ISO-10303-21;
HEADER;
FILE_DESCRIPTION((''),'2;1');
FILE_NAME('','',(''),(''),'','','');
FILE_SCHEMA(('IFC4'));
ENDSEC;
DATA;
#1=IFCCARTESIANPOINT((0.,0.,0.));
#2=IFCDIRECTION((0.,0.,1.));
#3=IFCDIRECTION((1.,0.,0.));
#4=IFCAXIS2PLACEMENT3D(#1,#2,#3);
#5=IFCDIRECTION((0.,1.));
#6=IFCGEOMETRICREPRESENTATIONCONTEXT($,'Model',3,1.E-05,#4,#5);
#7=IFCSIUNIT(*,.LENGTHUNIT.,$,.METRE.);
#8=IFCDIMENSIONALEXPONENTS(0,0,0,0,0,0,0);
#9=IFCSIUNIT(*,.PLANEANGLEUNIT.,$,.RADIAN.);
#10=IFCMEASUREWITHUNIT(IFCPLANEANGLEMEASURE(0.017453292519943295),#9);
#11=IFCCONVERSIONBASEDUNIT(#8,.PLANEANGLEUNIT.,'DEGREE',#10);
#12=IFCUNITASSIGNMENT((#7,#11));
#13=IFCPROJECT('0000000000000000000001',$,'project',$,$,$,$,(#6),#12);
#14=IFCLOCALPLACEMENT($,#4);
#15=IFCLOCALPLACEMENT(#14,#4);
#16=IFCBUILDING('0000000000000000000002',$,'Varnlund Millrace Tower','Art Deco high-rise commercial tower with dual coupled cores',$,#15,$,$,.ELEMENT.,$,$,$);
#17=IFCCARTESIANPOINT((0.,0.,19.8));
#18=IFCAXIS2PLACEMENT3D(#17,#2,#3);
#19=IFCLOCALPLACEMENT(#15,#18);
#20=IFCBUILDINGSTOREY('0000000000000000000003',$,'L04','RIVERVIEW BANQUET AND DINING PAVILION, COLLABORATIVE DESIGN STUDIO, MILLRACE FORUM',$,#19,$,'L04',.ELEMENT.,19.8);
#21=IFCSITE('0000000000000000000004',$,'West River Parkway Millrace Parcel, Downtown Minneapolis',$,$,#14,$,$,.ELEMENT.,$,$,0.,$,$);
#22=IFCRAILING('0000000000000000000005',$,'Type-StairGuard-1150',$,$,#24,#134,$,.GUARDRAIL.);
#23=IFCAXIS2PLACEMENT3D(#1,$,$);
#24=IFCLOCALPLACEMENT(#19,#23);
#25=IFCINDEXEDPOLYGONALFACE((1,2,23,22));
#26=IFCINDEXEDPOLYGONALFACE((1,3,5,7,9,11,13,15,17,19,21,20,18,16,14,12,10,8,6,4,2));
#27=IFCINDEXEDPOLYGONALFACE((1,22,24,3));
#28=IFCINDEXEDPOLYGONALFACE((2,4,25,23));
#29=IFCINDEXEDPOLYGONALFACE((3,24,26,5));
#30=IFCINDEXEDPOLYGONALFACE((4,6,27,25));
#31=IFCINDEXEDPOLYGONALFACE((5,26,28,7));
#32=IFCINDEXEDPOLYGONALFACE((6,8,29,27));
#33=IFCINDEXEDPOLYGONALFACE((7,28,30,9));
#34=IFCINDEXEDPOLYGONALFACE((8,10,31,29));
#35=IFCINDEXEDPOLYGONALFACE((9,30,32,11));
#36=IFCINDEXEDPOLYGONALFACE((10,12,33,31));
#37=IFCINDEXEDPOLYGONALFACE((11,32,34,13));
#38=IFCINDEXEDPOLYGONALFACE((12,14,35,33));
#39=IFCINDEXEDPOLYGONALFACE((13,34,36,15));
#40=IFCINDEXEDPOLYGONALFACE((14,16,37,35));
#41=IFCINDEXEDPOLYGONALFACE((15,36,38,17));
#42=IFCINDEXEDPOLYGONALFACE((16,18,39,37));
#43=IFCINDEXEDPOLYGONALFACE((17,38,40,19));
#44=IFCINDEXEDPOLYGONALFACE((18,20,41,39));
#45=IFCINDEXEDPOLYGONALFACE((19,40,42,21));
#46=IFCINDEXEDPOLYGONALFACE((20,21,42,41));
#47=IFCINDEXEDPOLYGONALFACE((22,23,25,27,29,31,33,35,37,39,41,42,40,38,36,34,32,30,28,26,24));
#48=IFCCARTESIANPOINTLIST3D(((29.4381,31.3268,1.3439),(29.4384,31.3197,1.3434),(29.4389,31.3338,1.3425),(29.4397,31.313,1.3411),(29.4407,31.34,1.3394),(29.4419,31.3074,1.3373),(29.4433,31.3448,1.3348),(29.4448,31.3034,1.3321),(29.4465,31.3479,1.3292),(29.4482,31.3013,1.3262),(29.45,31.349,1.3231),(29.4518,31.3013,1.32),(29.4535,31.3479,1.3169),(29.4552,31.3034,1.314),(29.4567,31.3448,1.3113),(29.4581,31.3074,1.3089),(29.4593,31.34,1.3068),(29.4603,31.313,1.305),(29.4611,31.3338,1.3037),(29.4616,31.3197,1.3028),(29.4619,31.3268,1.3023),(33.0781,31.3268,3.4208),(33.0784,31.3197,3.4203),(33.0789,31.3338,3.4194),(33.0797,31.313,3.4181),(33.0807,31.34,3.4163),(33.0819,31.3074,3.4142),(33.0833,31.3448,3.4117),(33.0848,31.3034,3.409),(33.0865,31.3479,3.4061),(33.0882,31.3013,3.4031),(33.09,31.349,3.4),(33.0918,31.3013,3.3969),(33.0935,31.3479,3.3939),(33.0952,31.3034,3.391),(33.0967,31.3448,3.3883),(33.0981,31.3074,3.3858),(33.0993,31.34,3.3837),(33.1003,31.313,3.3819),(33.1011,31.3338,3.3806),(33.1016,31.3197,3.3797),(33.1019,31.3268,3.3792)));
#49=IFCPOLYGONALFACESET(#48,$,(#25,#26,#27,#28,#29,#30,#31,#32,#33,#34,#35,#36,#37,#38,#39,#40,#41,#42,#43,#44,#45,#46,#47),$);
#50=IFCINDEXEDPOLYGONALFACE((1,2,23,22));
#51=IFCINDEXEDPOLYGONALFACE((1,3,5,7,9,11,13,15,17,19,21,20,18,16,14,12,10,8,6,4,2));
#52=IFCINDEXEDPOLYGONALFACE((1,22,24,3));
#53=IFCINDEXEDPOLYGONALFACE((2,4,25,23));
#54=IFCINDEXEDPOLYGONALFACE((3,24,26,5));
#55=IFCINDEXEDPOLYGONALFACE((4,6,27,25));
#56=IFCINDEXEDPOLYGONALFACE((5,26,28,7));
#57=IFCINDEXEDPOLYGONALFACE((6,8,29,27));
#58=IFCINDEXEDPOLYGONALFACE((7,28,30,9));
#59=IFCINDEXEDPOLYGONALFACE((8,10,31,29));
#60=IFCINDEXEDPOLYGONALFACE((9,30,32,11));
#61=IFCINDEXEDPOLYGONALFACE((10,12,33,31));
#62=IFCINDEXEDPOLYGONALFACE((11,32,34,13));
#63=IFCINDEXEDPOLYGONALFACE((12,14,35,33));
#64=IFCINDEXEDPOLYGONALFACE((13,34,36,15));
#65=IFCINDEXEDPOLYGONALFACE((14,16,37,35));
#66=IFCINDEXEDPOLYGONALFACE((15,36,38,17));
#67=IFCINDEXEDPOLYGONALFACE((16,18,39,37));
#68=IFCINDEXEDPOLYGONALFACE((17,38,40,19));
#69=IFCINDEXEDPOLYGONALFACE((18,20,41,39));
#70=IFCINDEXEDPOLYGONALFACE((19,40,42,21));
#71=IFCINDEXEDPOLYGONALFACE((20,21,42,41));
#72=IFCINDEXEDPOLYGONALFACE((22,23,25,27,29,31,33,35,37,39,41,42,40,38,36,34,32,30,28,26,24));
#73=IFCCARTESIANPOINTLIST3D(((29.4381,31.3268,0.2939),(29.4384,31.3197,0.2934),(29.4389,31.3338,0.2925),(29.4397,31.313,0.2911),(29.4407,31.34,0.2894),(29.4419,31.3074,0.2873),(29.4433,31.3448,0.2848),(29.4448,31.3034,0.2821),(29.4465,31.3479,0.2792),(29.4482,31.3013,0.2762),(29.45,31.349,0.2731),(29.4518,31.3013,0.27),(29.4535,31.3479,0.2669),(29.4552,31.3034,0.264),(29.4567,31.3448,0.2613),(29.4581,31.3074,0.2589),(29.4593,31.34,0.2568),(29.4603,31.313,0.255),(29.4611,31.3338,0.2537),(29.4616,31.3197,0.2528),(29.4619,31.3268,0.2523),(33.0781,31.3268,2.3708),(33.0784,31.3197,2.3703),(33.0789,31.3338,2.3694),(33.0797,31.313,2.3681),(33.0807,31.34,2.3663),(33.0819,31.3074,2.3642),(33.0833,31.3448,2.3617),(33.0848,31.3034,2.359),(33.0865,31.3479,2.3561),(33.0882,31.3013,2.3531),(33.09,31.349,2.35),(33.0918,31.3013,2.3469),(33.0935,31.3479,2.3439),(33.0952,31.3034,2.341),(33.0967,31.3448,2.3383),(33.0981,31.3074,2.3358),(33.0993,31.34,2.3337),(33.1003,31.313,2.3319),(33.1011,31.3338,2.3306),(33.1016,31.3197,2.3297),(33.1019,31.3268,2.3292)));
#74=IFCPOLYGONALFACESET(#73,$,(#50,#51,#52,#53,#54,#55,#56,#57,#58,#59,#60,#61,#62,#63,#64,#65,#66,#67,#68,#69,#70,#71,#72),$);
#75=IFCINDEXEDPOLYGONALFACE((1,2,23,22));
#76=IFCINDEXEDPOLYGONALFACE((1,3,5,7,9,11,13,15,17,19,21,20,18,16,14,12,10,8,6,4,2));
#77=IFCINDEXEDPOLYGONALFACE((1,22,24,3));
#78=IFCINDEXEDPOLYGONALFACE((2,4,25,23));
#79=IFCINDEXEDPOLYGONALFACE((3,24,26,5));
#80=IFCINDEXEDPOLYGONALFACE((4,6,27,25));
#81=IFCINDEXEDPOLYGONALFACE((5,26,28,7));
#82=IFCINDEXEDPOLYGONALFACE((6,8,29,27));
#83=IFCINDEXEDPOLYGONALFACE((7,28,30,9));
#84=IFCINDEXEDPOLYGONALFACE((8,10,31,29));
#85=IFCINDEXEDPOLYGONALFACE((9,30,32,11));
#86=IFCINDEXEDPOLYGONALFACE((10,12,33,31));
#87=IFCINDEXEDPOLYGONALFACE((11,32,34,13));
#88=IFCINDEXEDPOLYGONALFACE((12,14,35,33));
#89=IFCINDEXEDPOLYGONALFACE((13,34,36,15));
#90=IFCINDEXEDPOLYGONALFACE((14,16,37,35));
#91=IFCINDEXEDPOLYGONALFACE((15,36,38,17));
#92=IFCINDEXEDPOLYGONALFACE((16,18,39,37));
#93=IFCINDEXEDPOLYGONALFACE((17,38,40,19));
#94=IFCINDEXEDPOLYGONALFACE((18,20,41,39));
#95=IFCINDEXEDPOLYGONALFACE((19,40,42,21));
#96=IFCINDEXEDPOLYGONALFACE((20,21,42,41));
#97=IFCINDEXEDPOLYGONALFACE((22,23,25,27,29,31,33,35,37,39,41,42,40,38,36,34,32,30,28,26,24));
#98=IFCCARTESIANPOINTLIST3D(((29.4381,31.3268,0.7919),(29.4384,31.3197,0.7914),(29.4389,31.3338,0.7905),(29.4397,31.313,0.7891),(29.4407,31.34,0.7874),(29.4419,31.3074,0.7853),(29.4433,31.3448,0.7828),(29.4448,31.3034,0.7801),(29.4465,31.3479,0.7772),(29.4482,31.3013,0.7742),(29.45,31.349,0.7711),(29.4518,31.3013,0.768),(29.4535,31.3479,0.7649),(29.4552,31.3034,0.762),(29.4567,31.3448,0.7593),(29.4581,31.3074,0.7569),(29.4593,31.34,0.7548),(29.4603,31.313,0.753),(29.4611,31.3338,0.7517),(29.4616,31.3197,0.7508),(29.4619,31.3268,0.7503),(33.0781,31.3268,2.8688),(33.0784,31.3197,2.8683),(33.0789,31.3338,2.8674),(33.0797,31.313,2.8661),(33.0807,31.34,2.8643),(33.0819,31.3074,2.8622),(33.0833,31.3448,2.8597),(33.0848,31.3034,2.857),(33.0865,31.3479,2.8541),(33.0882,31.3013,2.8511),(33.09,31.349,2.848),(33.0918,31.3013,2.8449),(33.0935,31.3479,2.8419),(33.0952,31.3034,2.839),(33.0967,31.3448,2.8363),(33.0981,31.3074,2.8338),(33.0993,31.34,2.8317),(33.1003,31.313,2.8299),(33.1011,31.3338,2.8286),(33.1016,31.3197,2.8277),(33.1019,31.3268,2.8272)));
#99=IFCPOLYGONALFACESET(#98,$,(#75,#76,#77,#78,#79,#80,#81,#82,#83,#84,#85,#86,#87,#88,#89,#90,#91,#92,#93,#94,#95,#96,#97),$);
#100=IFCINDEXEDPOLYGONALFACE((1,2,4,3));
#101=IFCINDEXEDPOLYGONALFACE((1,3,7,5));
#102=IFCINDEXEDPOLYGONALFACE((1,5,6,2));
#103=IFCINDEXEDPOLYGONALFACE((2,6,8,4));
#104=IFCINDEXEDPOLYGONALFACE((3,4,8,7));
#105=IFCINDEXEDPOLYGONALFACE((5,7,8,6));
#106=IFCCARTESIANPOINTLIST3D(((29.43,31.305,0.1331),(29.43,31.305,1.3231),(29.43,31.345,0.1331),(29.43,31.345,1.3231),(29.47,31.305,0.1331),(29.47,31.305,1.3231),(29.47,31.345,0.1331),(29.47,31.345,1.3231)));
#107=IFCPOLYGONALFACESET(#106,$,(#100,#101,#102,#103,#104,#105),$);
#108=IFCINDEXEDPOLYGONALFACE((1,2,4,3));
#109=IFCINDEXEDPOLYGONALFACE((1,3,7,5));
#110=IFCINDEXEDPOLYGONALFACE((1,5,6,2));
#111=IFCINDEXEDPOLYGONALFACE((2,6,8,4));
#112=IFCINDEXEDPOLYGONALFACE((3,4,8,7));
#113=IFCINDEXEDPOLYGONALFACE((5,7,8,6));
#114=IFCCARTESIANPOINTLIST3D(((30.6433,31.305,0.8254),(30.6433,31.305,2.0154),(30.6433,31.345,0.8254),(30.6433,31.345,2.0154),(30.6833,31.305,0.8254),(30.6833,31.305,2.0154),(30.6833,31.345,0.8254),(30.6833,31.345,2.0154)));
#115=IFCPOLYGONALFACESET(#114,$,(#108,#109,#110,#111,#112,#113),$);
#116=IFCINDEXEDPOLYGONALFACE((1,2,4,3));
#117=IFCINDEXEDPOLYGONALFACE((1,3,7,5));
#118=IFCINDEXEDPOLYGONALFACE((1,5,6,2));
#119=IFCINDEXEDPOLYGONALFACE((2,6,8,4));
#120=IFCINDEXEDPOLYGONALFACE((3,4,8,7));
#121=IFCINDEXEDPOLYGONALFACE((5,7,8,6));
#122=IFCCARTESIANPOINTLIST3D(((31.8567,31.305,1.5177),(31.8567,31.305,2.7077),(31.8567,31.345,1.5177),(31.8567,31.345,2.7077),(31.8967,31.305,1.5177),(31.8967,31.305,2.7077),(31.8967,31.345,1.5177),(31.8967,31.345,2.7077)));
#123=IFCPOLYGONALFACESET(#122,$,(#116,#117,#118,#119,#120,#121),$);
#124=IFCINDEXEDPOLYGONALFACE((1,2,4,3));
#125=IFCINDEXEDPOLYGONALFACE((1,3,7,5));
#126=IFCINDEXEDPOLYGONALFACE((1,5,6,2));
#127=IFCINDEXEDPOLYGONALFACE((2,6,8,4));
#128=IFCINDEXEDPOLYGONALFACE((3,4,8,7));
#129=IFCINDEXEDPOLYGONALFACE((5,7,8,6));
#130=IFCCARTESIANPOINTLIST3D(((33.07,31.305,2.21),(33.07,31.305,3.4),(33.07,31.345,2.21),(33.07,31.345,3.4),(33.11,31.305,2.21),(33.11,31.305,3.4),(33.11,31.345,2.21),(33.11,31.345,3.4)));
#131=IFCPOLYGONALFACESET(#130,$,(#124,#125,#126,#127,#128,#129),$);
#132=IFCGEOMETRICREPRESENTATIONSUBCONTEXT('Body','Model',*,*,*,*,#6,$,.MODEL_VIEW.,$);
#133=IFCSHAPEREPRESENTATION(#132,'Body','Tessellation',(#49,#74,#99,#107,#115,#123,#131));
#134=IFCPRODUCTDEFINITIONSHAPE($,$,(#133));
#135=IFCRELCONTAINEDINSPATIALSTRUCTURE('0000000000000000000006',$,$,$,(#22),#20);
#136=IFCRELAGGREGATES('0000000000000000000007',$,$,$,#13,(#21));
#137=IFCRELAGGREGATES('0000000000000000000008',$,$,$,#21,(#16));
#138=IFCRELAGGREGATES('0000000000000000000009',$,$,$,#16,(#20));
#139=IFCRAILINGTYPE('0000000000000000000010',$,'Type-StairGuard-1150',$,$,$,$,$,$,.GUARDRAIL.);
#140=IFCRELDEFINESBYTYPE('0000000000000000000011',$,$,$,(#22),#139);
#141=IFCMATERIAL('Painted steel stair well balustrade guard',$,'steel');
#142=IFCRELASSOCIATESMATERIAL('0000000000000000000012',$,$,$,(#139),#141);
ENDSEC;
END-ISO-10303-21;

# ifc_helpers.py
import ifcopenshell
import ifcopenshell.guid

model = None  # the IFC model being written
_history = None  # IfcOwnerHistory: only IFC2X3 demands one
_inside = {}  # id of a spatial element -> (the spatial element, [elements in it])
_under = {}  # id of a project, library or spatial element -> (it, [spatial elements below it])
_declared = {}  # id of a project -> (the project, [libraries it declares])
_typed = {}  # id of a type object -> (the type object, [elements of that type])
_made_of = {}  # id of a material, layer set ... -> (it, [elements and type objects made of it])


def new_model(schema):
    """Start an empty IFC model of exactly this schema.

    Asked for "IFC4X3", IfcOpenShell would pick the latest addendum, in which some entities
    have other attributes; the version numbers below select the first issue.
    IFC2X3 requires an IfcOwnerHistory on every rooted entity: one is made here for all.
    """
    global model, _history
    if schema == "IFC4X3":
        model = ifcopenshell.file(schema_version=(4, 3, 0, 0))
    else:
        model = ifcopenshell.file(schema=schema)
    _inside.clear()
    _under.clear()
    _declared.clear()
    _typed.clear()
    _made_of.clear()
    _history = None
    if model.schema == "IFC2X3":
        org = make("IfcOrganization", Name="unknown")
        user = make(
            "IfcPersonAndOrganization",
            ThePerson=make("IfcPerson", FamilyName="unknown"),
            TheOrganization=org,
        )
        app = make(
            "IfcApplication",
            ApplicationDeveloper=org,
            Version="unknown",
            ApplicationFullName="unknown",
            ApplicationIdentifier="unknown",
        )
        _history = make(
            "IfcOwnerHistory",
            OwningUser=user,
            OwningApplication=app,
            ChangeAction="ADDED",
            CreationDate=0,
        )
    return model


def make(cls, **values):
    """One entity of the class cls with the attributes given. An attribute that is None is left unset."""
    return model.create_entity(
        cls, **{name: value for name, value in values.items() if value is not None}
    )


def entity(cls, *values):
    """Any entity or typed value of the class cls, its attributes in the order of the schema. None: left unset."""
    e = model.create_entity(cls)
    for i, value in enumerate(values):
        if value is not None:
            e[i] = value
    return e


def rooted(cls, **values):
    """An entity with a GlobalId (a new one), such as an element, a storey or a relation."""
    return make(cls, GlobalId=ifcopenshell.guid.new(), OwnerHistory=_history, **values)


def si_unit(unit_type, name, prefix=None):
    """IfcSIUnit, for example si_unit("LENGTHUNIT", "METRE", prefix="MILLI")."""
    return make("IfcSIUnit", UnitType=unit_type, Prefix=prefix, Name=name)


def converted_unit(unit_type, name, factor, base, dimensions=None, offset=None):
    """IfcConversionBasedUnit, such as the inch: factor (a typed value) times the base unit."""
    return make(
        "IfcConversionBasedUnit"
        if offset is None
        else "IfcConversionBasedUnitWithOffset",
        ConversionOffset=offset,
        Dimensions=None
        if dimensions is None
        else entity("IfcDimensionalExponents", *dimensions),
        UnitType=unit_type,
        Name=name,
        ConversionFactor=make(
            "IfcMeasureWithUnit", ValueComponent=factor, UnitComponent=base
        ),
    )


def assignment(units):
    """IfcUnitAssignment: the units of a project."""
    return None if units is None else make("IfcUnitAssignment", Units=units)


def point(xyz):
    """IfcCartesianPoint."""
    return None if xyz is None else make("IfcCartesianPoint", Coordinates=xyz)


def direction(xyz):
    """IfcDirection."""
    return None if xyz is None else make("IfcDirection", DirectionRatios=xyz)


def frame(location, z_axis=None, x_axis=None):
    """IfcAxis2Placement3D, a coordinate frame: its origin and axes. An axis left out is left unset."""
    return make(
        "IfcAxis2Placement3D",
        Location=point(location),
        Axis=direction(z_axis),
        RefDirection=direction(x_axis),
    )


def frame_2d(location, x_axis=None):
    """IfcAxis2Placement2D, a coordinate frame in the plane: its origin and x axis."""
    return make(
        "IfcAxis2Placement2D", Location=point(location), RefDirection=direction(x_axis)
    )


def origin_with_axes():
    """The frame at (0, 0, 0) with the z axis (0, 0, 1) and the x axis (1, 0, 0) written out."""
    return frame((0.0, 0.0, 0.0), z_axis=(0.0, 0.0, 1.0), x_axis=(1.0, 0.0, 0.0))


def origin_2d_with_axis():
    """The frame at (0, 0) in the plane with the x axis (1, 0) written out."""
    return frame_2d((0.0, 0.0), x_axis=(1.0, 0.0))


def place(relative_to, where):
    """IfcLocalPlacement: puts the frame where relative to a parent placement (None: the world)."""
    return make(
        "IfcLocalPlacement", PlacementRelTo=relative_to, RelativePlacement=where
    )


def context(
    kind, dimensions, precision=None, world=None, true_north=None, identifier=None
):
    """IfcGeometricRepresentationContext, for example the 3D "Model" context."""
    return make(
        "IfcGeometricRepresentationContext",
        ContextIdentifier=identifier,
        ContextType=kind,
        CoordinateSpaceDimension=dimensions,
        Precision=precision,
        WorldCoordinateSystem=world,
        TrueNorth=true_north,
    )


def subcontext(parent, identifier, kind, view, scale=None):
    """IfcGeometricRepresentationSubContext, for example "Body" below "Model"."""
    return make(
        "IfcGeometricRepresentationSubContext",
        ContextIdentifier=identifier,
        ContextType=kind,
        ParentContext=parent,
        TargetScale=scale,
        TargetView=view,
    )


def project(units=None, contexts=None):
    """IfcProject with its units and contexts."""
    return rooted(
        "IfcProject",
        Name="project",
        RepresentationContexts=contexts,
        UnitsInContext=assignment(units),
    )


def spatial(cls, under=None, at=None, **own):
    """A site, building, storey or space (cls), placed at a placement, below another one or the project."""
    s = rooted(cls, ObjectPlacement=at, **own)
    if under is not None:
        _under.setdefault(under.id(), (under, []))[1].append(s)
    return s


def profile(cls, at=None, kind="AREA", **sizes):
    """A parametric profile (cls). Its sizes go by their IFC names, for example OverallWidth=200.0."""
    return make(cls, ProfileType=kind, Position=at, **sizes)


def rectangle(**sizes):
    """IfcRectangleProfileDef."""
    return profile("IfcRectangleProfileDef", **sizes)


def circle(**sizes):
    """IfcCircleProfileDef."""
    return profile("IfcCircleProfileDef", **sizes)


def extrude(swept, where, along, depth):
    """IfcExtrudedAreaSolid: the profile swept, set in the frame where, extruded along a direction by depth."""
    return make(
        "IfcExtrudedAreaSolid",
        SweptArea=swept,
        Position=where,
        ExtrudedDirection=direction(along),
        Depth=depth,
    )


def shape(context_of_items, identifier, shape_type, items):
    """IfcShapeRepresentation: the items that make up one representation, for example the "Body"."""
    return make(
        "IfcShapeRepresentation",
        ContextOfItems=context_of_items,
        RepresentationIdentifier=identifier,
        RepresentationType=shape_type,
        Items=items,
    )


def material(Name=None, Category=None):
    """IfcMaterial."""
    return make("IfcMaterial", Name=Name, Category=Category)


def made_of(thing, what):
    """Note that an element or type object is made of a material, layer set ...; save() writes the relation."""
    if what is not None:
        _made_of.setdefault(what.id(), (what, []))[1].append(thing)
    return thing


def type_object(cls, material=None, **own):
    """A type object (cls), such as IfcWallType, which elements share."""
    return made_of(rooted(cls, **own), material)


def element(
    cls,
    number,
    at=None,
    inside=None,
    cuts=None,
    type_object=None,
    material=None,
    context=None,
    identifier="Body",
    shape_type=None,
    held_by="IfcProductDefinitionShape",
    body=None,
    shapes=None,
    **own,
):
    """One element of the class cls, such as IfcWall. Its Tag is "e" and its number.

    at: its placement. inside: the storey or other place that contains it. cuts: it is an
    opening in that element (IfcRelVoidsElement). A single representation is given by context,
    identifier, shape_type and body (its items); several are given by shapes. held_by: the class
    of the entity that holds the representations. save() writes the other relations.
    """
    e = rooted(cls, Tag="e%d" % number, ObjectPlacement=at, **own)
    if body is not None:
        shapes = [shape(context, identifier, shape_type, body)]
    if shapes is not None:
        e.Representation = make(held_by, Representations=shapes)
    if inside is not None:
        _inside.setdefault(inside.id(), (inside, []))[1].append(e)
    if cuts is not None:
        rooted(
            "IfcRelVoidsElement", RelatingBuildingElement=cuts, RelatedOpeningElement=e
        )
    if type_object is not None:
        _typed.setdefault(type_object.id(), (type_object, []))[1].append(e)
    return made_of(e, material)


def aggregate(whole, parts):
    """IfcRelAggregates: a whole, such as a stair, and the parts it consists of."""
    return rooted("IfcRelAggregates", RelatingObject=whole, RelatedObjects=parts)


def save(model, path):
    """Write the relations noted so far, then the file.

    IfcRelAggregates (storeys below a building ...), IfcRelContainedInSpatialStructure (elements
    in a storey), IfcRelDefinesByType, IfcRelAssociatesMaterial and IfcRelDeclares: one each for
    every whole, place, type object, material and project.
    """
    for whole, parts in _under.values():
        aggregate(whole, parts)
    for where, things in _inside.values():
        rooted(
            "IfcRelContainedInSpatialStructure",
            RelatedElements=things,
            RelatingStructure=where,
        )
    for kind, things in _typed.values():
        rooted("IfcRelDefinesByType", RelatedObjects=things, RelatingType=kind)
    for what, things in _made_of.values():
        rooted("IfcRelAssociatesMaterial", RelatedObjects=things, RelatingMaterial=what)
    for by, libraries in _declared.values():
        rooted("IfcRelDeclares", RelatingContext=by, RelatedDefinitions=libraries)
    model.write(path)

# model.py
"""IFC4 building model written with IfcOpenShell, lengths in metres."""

from ifc_helpers import new_model, entity, si_unit, converted_unit, direction, frame, origin_with_axes, origin_2d_with_axis, place, context, subcontext, project, spatial, rectangle, circle, extrude, material, type_object, element, save


model = new_model("IFC4")

# Units and contexts
model_context = context("Model", 3, precision=1e-05, world=origin_with_axes(), true_north=direction((0.0, 1.0)))
body_context = subcontext(model_context, "Body", "Model", "MODEL_VIEW")
ifc_project = project(units=[si_unit("LENGTHUNIT", "METRE"), converted_unit("PLANEANGLEUNIT", "DEGREE", entity("IfcPlaneAngleMeasure", 0.017453292519943295), si_unit("PLANEANGLEUNIT", "RADIAN"), dimensions=[0, 0, 0, 0, 0, 0, 0])], contexts=[model_context])

# Site, building, storey
site_placement = place(None, origin_with_axes())
site = spatial("IfcSite", under=ifc_project, at=site_placement, Name="West River Parkway Millrace Parcel, Downtown Minneapolis", CompositionType="ELEMENT", RefElevation=0.0)
building_placement = place(site_placement, origin_with_axes())
building = spatial("IfcBuilding", under=site, at=building_placement, Name="Varnlund Millrace Tower", Description="Art Deco high-rise commercial tower with dual coupled cores", CompositionType="ELEMENT")
storey_placement = place(building_placement, frame((0.0, 0.0, 19.8), z_axis=(0.0, 0.0, 1.0), x_axis=(1.0, 0.0, 0.0)))
storey = spatial("IfcBuildingStorey", under=building, at=storey_placement, Name="L04", Description="RIVERVIEW BANQUET AND DINING PAVILION, COLLABORATIVE DESIGN STUDIO, MILLRACE FORUM", LongName="L04", CompositionType="ELEMENT", Elevation=19.8)

# Railing
ifc_material_1 = material(Name="Painted steel stair well balustrade guard", Category="steel")
railing_type_1 = type_object("IfcRailingType", Name="Type-StairGuard-1150", PredefinedType="GUARDRAIL", material=ifc_material_1)
railing_1_placement = place(storey_placement, frame((0.0, 0.0, -19.8), z_axis=(0.0, 0.0, 1.0), x_axis=(1.0, 0.0, 0.0)))
element("IfcRailing", 1, at=railing_1_placement, inside=storey, type_object=railing_type_1, Name="Type-StairGuard-1150", PredefinedType="GUARDRAIL", context=body_context, shape_type="SweptSolid", body=[
    extrude(circle(Radius=0.024, at=origin_2d_with_axis()), frame((29.45, 31.325, 21.1231), z_axis=(0.868559, 0.0, 0.495585), x_axis=(0.0, 1.0, 0.0)), (0.0, 0.0, 1.0), 4.1908),
    extrude(circle(Radius=0.024, at=origin_2d_with_axis()), frame((29.45, 31.325, 20.0731), z_axis=(0.868559, 0.0, 0.495585), x_axis=(0.0, 1.0, 0.0)), (0.0, 0.0, 1.0), 4.1908),
    extrude(circle(Radius=0.024, at=origin_2d_with_axis()), frame((29.45, 31.325, 20.5711), z_axis=(0.868559, 0.0, 0.495585), x_axis=(0.0, 1.0, 0.0)), (0.0, 0.0, 1.0), 4.1908),
    extrude(rectangle(XDim=0.04, YDim=0.04, at=origin_2d_with_axis()), frame((29.45, 31.325, 19.9331), z_axis=(0.0, 0.0, 1.0), x_axis=(1.0, 0.0, 0.0)), (0.0, 0.0, 1.0), 1.19),
    extrude(rectangle(XDim=0.04, YDim=0.04, at=origin_2d_with_axis()), frame((30.6633, 31.325, 20.6254), z_axis=(0.0, 0.0, 1.0), x_axis=(1.0, 0.0, 0.0)), (0.0, 0.0, 1.0), 1.19),
    extrude(rectangle(XDim=0.04, YDim=0.04, at=origin_2d_with_axis()), frame((31.8767, 31.325, 21.3177), z_axis=(0.0, 0.0, 1.0), x_axis=(1.0, 0.0, 0.0)), (0.0, 0.0, 1.0), 1.19),
    extrude(rectangle(XDim=0.04, YDim=0.04, at=origin_2d_with_axis()), frame((33.09, 31.325, 22.01), z_axis=(0.0, 0.0, 1.0), x_axis=(1.0, 0.0, 0.0)), (0.0, 0.0, 1.0), 1.19),
])

save(model, "model.ifc")
